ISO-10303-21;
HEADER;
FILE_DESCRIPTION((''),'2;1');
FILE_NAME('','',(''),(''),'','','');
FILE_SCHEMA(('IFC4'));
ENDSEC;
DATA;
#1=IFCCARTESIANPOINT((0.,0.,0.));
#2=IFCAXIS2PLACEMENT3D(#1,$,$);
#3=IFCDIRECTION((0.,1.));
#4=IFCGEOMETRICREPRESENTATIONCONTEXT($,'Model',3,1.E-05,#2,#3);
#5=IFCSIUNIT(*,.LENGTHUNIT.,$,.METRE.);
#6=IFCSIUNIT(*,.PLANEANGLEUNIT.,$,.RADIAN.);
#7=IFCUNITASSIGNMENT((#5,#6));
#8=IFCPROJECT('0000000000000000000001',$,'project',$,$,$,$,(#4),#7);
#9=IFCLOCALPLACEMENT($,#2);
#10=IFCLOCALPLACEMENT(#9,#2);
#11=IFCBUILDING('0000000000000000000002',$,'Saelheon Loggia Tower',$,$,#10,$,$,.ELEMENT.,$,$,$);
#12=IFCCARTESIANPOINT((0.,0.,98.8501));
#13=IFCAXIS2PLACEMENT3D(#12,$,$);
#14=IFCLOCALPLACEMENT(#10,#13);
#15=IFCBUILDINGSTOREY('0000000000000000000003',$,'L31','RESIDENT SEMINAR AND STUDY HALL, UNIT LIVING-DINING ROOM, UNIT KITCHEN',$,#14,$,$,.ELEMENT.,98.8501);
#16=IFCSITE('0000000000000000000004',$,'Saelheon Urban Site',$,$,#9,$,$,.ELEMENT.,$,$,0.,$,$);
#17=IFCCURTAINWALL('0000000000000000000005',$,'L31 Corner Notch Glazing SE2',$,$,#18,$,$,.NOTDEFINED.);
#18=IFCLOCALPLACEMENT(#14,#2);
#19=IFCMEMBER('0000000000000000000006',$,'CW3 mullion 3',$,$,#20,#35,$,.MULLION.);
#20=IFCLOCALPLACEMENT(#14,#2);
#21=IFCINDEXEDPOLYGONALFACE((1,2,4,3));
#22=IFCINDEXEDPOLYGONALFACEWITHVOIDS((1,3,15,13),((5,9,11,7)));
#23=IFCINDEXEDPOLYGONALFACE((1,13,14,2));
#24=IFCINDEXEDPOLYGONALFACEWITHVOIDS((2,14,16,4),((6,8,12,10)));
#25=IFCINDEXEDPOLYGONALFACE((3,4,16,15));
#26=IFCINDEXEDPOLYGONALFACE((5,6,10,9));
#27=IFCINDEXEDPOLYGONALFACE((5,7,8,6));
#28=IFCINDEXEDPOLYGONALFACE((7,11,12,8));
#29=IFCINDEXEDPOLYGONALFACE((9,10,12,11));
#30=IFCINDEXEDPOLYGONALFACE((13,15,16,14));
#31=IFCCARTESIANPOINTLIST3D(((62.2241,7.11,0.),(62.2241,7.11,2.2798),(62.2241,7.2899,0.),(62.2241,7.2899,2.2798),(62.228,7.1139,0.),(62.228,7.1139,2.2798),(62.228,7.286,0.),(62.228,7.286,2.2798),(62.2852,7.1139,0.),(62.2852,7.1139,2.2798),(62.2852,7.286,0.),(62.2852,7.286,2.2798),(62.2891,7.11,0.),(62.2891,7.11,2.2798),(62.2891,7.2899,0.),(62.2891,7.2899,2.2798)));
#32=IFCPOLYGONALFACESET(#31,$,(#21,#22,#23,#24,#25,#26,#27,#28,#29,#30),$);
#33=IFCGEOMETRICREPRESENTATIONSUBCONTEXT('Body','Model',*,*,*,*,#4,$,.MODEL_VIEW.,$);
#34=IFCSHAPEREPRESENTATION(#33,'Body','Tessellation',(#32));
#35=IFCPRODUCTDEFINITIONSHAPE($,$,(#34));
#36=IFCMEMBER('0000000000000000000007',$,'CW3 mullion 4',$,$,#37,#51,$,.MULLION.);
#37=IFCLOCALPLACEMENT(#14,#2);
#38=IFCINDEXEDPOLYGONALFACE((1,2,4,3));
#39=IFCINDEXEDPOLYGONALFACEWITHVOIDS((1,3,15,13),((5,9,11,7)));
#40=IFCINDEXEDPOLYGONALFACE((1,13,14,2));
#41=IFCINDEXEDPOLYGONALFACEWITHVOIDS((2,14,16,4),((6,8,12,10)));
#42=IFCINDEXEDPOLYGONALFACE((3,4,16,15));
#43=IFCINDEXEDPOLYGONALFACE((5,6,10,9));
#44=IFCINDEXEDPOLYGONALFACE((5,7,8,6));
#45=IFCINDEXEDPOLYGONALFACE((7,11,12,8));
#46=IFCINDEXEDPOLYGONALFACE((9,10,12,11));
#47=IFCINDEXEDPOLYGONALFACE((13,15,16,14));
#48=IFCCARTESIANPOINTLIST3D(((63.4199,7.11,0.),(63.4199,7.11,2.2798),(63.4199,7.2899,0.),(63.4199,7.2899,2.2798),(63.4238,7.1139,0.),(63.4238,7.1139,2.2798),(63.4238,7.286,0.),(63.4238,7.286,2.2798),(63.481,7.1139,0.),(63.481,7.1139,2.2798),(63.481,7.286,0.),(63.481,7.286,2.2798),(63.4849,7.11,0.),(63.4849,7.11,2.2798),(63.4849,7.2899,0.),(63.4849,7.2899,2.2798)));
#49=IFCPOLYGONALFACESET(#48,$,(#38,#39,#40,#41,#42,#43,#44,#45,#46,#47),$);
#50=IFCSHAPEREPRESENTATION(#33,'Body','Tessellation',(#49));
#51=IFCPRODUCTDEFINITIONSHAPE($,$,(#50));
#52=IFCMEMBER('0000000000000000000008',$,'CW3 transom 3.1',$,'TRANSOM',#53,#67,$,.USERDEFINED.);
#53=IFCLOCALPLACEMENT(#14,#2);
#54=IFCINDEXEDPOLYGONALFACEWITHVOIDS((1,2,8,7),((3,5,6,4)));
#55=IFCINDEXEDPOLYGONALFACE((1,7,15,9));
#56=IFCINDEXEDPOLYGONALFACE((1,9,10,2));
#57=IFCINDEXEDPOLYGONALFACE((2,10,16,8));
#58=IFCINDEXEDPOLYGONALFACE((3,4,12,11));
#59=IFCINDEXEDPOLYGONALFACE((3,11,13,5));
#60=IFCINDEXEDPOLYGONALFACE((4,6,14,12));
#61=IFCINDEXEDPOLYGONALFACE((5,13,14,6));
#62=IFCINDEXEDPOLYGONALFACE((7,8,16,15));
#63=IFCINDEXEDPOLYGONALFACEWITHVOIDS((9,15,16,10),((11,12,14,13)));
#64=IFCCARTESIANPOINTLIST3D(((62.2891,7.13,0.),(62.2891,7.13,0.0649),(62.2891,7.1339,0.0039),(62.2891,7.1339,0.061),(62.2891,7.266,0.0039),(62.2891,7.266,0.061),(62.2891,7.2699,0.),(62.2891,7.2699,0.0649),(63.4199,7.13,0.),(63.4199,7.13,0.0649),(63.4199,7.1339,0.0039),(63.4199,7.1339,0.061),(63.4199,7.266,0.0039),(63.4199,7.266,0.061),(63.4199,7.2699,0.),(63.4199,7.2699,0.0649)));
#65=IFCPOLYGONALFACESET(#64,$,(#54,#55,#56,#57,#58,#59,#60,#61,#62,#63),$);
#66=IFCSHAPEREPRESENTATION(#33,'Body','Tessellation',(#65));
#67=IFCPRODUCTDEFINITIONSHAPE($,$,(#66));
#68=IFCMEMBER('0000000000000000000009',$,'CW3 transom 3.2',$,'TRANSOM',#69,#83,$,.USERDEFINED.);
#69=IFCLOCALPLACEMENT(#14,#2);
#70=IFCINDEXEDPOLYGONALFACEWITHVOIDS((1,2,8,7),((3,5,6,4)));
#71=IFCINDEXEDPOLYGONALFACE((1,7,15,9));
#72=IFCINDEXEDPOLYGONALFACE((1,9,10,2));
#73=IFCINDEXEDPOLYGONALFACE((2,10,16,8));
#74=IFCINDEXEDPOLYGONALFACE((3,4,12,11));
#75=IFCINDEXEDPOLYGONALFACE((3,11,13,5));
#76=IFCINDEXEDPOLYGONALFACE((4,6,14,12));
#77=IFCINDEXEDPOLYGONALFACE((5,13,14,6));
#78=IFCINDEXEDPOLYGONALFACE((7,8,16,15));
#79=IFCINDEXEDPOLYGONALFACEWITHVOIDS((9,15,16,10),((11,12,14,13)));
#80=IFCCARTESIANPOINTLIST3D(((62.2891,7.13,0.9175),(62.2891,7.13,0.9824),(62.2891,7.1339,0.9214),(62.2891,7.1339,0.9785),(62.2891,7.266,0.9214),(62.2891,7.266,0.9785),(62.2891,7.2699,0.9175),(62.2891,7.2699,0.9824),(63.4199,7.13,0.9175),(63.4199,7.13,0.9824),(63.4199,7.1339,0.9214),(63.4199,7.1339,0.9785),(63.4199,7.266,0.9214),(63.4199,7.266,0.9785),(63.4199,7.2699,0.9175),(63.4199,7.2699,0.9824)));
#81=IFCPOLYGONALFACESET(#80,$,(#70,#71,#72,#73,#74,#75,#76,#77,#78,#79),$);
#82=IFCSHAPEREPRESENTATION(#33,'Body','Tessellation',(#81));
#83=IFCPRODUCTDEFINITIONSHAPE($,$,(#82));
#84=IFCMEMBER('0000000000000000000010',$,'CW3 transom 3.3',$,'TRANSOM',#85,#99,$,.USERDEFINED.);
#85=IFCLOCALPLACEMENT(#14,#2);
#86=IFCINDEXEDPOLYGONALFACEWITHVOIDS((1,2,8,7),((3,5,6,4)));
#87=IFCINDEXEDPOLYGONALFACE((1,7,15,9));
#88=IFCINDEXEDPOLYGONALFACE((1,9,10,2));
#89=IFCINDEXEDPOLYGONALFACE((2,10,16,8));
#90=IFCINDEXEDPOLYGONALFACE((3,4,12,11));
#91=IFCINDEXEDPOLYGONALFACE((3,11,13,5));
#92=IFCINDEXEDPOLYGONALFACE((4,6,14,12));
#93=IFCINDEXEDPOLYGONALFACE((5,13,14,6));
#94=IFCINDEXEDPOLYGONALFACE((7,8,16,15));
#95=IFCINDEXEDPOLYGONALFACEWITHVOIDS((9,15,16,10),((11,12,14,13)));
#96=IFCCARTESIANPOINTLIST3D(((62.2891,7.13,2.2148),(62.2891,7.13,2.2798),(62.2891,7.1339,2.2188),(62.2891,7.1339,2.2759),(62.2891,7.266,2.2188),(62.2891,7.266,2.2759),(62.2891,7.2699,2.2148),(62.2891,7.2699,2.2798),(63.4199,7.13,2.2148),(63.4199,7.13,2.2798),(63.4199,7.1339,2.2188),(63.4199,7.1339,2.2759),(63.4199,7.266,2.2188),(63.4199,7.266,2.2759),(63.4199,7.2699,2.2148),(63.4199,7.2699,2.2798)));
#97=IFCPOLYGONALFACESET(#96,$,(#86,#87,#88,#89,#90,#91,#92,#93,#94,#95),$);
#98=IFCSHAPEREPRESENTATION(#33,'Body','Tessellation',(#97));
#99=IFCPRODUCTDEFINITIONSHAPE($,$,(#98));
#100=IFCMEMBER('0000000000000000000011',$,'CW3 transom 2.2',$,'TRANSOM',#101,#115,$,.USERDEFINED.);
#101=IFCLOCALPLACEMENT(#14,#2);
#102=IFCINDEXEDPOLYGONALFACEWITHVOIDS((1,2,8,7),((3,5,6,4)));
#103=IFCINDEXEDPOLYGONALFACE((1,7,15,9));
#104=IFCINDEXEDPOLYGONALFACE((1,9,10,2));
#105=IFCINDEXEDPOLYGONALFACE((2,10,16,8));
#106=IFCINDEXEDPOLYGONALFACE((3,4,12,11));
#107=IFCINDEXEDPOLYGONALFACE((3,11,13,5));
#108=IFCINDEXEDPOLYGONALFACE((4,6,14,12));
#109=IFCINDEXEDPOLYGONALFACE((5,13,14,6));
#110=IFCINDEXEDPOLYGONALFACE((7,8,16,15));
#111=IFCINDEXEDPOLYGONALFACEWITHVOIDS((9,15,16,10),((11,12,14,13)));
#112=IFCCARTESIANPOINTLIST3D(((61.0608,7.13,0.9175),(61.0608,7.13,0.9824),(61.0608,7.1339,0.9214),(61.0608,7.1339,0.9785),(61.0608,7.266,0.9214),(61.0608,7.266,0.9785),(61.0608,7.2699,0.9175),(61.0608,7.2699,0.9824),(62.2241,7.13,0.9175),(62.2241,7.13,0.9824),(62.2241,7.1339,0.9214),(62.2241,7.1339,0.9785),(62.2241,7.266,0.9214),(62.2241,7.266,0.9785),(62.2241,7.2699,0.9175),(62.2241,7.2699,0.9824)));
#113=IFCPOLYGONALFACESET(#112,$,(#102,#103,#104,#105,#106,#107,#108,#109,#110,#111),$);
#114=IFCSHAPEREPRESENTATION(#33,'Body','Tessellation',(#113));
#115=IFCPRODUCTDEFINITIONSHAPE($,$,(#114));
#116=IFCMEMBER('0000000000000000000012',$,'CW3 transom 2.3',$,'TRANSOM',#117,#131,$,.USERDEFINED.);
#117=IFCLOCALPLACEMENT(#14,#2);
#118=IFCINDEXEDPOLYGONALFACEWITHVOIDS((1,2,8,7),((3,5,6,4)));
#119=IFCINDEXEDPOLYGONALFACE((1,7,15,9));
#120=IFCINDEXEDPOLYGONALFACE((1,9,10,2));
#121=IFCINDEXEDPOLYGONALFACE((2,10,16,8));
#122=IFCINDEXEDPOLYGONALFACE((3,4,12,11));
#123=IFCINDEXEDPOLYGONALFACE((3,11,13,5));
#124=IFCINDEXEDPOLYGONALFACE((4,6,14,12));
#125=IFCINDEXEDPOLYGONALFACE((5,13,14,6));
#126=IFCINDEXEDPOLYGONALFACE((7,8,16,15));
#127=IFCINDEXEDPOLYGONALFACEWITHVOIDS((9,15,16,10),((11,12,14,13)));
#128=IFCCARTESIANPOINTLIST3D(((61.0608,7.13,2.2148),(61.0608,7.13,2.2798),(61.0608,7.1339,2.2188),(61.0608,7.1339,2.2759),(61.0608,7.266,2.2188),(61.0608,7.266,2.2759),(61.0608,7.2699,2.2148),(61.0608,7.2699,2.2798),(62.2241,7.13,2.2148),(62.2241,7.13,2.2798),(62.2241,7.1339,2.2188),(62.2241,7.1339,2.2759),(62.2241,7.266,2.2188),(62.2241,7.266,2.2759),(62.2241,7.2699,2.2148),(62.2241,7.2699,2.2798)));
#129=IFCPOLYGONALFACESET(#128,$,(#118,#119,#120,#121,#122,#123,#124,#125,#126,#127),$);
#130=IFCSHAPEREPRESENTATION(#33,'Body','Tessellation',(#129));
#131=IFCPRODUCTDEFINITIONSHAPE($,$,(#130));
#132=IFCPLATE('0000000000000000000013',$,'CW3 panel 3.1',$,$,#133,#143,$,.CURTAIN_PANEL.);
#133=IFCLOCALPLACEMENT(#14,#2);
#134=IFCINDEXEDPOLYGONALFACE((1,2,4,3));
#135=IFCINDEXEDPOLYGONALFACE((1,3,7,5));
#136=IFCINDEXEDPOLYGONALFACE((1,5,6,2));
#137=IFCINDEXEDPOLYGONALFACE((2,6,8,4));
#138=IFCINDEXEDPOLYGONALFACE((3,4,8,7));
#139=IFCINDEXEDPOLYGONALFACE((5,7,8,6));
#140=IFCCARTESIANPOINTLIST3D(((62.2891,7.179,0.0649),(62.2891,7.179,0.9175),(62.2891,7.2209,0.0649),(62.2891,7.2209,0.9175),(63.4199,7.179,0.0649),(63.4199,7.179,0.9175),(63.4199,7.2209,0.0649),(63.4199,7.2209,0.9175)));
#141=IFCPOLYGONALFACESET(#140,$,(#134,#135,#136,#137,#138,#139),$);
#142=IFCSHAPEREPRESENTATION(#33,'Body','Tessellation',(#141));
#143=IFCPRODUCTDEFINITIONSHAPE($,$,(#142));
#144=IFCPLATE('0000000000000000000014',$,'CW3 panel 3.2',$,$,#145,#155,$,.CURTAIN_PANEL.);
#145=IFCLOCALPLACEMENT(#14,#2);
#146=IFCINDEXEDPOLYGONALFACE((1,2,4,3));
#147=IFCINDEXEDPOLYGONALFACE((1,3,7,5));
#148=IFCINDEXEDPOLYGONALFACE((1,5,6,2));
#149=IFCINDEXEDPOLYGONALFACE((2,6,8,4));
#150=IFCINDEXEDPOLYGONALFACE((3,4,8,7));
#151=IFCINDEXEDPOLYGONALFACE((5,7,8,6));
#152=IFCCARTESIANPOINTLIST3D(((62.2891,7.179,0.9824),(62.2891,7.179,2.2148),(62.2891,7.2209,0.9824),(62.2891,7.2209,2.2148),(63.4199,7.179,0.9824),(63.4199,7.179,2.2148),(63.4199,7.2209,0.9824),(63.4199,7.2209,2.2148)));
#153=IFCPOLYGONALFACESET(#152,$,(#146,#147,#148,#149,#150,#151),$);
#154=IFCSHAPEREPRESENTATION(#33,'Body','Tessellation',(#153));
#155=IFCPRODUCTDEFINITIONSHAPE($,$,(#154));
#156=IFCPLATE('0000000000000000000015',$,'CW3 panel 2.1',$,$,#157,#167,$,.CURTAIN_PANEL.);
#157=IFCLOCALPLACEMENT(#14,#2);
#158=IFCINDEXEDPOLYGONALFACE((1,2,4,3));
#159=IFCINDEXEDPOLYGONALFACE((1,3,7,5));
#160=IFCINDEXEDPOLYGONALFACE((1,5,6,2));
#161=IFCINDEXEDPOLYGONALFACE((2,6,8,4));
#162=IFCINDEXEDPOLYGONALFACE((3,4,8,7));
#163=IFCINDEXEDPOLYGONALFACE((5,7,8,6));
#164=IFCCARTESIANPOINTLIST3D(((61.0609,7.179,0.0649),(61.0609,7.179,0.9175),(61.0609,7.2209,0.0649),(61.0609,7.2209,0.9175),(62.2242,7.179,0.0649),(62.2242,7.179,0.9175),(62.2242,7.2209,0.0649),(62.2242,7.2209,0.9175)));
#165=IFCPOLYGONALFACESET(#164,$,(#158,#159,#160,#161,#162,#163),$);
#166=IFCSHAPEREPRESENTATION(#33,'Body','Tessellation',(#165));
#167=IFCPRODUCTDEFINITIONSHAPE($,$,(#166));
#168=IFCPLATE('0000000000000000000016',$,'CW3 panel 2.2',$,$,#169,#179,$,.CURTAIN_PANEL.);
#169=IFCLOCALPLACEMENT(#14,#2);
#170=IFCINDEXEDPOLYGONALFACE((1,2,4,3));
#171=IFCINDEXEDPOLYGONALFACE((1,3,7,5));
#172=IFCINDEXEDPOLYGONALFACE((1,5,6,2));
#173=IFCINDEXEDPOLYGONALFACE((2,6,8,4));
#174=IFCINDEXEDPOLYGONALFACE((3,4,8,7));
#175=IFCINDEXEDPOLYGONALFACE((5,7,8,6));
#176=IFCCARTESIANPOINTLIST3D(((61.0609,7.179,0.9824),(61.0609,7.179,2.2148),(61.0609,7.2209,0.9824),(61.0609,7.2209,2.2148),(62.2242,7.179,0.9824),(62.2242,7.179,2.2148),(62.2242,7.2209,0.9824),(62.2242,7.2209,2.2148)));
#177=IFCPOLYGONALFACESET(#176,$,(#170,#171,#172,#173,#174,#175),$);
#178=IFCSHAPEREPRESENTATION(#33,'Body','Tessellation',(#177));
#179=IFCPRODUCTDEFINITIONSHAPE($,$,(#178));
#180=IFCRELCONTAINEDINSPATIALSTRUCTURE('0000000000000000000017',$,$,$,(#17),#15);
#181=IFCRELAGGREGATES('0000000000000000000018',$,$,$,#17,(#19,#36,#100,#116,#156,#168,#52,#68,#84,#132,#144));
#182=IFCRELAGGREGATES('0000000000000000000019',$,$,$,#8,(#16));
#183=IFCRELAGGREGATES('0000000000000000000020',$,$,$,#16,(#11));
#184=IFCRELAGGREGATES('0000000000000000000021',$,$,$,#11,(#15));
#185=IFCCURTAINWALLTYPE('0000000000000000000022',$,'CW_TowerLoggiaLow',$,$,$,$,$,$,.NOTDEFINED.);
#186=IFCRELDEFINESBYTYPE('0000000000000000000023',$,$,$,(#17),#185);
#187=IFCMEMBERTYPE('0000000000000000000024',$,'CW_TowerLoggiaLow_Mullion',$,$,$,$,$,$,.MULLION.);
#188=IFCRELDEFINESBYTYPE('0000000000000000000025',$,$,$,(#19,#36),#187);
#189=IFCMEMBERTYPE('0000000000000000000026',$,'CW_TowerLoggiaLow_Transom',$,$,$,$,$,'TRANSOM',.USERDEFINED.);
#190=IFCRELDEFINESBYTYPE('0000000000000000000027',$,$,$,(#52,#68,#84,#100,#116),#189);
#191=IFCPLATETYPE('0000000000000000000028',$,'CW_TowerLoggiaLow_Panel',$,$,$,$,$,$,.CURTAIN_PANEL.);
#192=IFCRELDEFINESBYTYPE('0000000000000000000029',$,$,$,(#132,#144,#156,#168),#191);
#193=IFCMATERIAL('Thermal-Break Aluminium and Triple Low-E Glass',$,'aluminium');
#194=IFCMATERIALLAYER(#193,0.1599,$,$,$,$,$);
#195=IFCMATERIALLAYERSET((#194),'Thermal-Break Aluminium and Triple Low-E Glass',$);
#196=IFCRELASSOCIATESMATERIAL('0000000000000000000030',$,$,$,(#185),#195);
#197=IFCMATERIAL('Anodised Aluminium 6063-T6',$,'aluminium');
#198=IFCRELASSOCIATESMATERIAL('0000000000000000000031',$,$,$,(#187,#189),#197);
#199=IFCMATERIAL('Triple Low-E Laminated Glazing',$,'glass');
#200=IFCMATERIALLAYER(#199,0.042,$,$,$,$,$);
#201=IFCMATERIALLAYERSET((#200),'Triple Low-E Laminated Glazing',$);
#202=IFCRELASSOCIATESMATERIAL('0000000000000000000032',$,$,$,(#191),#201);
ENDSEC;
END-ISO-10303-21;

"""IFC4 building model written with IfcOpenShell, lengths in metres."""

from ifc_helpers import new_model, si_unit, direction, frame, origin, origin_2d, place, context, subcontext, project, spatial, rectangle, hollow_rectangle, extrude, source, transform, mapped, material, layer, layer_set, material_profile, profile_set, type_object, element, aggregate, save


model = new_model("IFC4")

# Units and contexts
model_context = context("Model", 3, precision=1e-05, world=origin(), true_north=direction((0.0, 1.0)))
body_context = subcontext(model_context, "Body", "Model", "MODEL_VIEW")
ifc_project = project(units=[si_unit("LENGTHUNIT", "METRE"), si_unit("PLANEANGLEUNIT", "RADIAN")], contexts=[model_context])

# Site, building, storey
site_placement = place(None, origin())
site = spatial("IfcSite", under=ifc_project, at=site_placement, Name="Saelheon Urban Site", CompositionType="ELEMENT", RefElevation=0.0)
building_placement = place(site_placement, origin())
building = spatial("IfcBuilding", under=site, at=building_placement, Name="Saelheon Loggia Tower", CompositionType="ELEMENT")
storey_placement = place(building_placement, frame((0.0, 0.0, 98.8501)))
storey = spatial("IfcBuildingStorey", under=building, at=storey_placement, Name="L31", Description="RESIDENT SEMINAR AND STUDY HALL, UNIT LIVING-DINING ROOM, UNIT KITCHEN", CompositionType="ELEMENT", Elevation=98.8501)

# Curtain wall, members, plates
ifc_material_1 = material(Name="Thermal-Break Aluminium and Triple Low-E Glass", Category="aluminium")
ifc_layer_1 = layer(ifc_material_1, 0.1599)
ifc_layer_set_1 = layer_set([ifc_layer_1], Name="Thermal-Break Aluminium and Triple Low-E Glass")
curtain_wall_type = type_object("IfcCurtainWallType", Name="CW_TowerLoggiaLow", PredefinedType="NOTDEFINED", material=ifc_layer_set_1)
curtain_wall_placement = place(storey_placement, origin())
curtain_wall = element("IfcCurtainWall", 1, at=curtain_wall_placement, inside=storey, type_object=curtain_wall_type, Name="L31 Corner Notch Glazing SE2", PredefinedType="NOTDEFINED")
ifc_material_2 = material(Name="Anodised Aluminium 6063-T6", Category="aluminium")
ifc_material_profile_1 = material_profile(ifc_material_2, hollow_rectangle(XDim=0.0649, YDim=0.1799, WallThickness=0.0039, at=origin_2d()), Name="RHS-180x65x4")
ifc_profile_set_1 = profile_set([ifc_material_profile_1], Name="Anodised Aluminium 6063-T6")
member_type_1 = type_object("IfcMemberType", Name="CW_TowerLoggiaLow_Mullion", PredefinedType="MULLION", material=ifc_profile_set_1)
shared_shape_1 = source(origin(), body_context, "Body", "SweptSolid", [
    extrude(hollow_rectangle(XDim=0.0649, YDim=0.1799, WallThickness=0.0039, at=origin_2d()), origin(), (0.0, 0.0, 1.0), 2.2798),
])
member_1_placement = place(storey_placement, frame((62.2566, 7.2, 0.0), z_axis=(0.0, 0.0, 1.0), x_axis=(1.0, 0.0, 0.0)))
member_1 = element("IfcMember", 2, at=member_1_placement, type_object=member_type_1, Name="CW3 mullion 3", PredefinedType="MULLION", context=body_context, shape_type="MappedRepresentation", body=[
    mapped(shared_shape_1, transform((0.0, 0.0, 0.0), scale=1.0)),
])
member_2_placement = place(storey_placement, frame((63.4524, 7.2, 0.0), z_axis=(0.0, 0.0, 1.0), x_axis=(1.0, 0.0, 0.0)))
member_2 = element("IfcMember", 3, at=member_2_placement, type_object=member_type_1, Name="CW3 mullion 4", PredefinedType="MULLION", context=body_context, shape_type="MappedRepresentation", body=[
    mapped(shared_shape_1, transform((0.0, 0.0, 0.0), scale=1.0)),
])
ifc_material_profile_2 = material_profile(ifc_material_2, hollow_rectangle(XDim=0.0649, YDim=0.1399, WallThickness=0.0039, at=origin_2d()), Name="RHS-140x65x4")
ifc_profile_set_2 = profile_set([ifc_material_profile_2], Name="Anodised Aluminium 6063-T6")
member_type_2 = type_object("IfcMemberType", Name="CW_TowerLoggiaLow_Transom", ElementType="TRANSOM", PredefinedType="USERDEFINED", material=ifc_profile_set_2)
shared_shape_2 = source(origin(), body_context, "Body", "SweptSolid", [
    extrude(hollow_rectangle(XDim=0.0649, YDim=0.1399, WallThickness=0.0039, at=origin_2d()), origin(), (0.0, 0.0, 1.0), 1.1309),
])
member_3_placement = place(storey_placement, frame((62.2891, 7.2, 0.0325), z_axis=(1.0, 0.0, 0.0), x_axis=(0.0, 0.0, 1.0)))
member_3 = element("IfcMember", 4, at=member_3_placement, type_object=member_type_2, Name="CW3 transom 3.1", ObjectType="TRANSOM", PredefinedType="USERDEFINED", context=body_context, shape_type="MappedRepresentation", body=[
    mapped(shared_shape_2, transform((0.0, 0.0, 0.0), scale=1.0)),
])
member_4_placement = place(storey_placement, frame((62.2891, 7.2, 0.95), z_axis=(1.0, 0.0, 0.0), x_axis=(0.0, 0.0, 1.0)))
member_4 = element("IfcMember", 5, at=member_4_placement, type_object=member_type_2, Name="CW3 transom 3.2", ObjectType="TRANSOM", PredefinedType="USERDEFINED", context=body_context, shape_type="MappedRepresentation", body=[
    mapped(shared_shape_2, transform((0.0, 0.0, 0.0), scale=1.0)),
])
member_5_placement = place(storey_placement, frame((62.2891, 7.2, 2.2473), z_axis=(1.0, 0.0, 0.0), x_axis=(0.0, 0.0, 1.0)))
member_5 = element("IfcMember", 6, at=member_5_placement, type_object=member_type_2, Name="CW3 transom 3.3", ObjectType="TRANSOM", PredefinedType="USERDEFINED", context=body_context, shape_type="MappedRepresentation", body=[
    mapped(shared_shape_2, transform((0.0, 0.0, 0.0), scale=1.0)),
])
shared_shape_3 = source(origin(), body_context, "Body", "SweptSolid", [
    extrude(hollow_rectangle(XDim=0.0649, YDim=0.1399, WallThickness=0.0039, at=origin_2d()), origin(), (0.0, 0.0, 1.0), 1.1633),
])
member_6_placement = place(storey_placement, frame((61.0608, 7.2, 0.95), z_axis=(1.0, 0.0, 0.0), x_axis=(0.0, 0.0, 1.0)))
member_6 = element("IfcMember", 7, at=member_6_placement, type_object=member_type_2, Name="CW3 transom 2.2", ObjectType="TRANSOM", PredefinedType="USERDEFINED", context=body_context, shape_type="MappedRepresentation", body=[
    mapped(shared_shape_3, transform((0.0, 0.0, 0.0), scale=1.0)),
])
member_7_placement = place(storey_placement, frame((61.0608, 7.2, 2.2473), z_axis=(1.0, 0.0, 0.0), x_axis=(0.0, 0.0, 1.0)))
member_7 = element("IfcMember", 8, at=member_7_placement, type_object=member_type_2, Name="CW3 transom 2.3", ObjectType="TRANSOM", PredefinedType="USERDEFINED", context=body_context, shape_type="MappedRepresentation", body=[
    mapped(shared_shape_3, transform((0.0, 0.0, 0.0), scale=1.0)),
])
ifc_material_3 = material(Name="Triple Low-E Laminated Glazing", Category="glass")
ifc_layer_2 = layer(ifc_material_3, 0.042)
ifc_layer_set_2 = layer_set([ifc_layer_2], Name="Triple Low-E Laminated Glazing")
plate_type = type_object("IfcPlateType", Name="CW_TowerLoggiaLow_Panel", PredefinedType="CURTAIN_PANEL", material=ifc_layer_set_2)
shared_shape_4 = source(origin(), body_context, "Body", "SweptSolid", [
    extrude(rectangle(XDim=1.1309, YDim=0.042, at=origin_2d()), origin(), (0.0, 0.0, 1.0), 0.8525),
])
plate_1_placement = place(storey_placement, frame((62.8545, 7.2, 0.0649), z_axis=(0.0, 0.0, 1.0), x_axis=(1.0, 0.0, 0.0)))
plate_1 = element("IfcPlate", 9, at=plate_1_placement, type_object=plate_type, Name="CW3 panel 3.1", PredefinedType="CURTAIN_PANEL", context=body_context, shape_type="MappedRepresentation", body=[
    mapped(shared_shape_4, transform((0.0, 0.0, 0.0), scale=1.0)),
])
shared_shape_5 = source(origin(), body_context, "Body", "SweptSolid", [
    extrude(rectangle(XDim=1.1309, YDim=0.042, at=origin_2d()), origin(), (0.0, 0.0, 1.0), 1.2324),
])
plate_2_placement = place(storey_placement, frame((62.8545, 7.2, 0.9824), z_axis=(0.0, 0.0, 1.0), x_axis=(1.0, 0.0, 0.0)))
plate_2 = element("IfcPlate", 10, at=plate_2_placement, type_object=plate_type, Name="CW3 panel 3.2", PredefinedType="CURTAIN_PANEL", context=body_context, shape_type="MappedRepresentation", body=[
    mapped(shared_shape_5, transform((0.0, 0.0, 0.0), scale=1.0)),
])
shared_shape_6 = source(origin(), body_context, "Body", "SweptSolid", [
    extrude(rectangle(XDim=1.1633, YDim=0.042, at=origin_2d()), origin(), (0.0, 0.0, 1.0), 0.8525),
])
plate_3_placement = place(storey_placement, frame((61.6426, 7.2, 0.0649), z_axis=(0.0, 0.0, 1.0), x_axis=(1.0, 0.0, 0.0)))
plate_3 = element("IfcPlate", 11, at=plate_3_placement, type_object=plate_type, Name="CW3 panel 2.1", PredefinedType="CURTAIN_PANEL", context=body_context, shape_type="MappedRepresentation", body=[
    mapped(shared_shape_6, transform((0.0, 0.0, 0.0), scale=1.0)),
])
shared_shape_7 = source(origin(), body_context, "Body", "SweptSolid", [
    extrude(rectangle(XDim=1.1633, YDim=0.042, at=origin_2d()), origin(), (0.0, 0.0, 1.0), 1.2324),
])
plate_4_placement = place(storey_placement, frame((61.6426, 7.2, 0.9824), z_axis=(0.0, 0.0, 1.0), x_axis=(1.0, 0.0, 0.0)))
plate_4 = element("IfcPlate", 12, at=plate_4_placement, type_object=plate_type, Name="CW3 panel 2.2", PredefinedType="CURTAIN_PANEL", context=body_context, shape_type="MappedRepresentation", body=[
    mapped(shared_shape_7, transform((0.0, 0.0, 0.0), scale=1.0)),
])
aggregate(curtain_wall, [member_1, member_2, member_6, member_7, plate_3, plate_4, member_3, member_4, member_5, plate_1, plate_2])

save(model, "model.ifc")
